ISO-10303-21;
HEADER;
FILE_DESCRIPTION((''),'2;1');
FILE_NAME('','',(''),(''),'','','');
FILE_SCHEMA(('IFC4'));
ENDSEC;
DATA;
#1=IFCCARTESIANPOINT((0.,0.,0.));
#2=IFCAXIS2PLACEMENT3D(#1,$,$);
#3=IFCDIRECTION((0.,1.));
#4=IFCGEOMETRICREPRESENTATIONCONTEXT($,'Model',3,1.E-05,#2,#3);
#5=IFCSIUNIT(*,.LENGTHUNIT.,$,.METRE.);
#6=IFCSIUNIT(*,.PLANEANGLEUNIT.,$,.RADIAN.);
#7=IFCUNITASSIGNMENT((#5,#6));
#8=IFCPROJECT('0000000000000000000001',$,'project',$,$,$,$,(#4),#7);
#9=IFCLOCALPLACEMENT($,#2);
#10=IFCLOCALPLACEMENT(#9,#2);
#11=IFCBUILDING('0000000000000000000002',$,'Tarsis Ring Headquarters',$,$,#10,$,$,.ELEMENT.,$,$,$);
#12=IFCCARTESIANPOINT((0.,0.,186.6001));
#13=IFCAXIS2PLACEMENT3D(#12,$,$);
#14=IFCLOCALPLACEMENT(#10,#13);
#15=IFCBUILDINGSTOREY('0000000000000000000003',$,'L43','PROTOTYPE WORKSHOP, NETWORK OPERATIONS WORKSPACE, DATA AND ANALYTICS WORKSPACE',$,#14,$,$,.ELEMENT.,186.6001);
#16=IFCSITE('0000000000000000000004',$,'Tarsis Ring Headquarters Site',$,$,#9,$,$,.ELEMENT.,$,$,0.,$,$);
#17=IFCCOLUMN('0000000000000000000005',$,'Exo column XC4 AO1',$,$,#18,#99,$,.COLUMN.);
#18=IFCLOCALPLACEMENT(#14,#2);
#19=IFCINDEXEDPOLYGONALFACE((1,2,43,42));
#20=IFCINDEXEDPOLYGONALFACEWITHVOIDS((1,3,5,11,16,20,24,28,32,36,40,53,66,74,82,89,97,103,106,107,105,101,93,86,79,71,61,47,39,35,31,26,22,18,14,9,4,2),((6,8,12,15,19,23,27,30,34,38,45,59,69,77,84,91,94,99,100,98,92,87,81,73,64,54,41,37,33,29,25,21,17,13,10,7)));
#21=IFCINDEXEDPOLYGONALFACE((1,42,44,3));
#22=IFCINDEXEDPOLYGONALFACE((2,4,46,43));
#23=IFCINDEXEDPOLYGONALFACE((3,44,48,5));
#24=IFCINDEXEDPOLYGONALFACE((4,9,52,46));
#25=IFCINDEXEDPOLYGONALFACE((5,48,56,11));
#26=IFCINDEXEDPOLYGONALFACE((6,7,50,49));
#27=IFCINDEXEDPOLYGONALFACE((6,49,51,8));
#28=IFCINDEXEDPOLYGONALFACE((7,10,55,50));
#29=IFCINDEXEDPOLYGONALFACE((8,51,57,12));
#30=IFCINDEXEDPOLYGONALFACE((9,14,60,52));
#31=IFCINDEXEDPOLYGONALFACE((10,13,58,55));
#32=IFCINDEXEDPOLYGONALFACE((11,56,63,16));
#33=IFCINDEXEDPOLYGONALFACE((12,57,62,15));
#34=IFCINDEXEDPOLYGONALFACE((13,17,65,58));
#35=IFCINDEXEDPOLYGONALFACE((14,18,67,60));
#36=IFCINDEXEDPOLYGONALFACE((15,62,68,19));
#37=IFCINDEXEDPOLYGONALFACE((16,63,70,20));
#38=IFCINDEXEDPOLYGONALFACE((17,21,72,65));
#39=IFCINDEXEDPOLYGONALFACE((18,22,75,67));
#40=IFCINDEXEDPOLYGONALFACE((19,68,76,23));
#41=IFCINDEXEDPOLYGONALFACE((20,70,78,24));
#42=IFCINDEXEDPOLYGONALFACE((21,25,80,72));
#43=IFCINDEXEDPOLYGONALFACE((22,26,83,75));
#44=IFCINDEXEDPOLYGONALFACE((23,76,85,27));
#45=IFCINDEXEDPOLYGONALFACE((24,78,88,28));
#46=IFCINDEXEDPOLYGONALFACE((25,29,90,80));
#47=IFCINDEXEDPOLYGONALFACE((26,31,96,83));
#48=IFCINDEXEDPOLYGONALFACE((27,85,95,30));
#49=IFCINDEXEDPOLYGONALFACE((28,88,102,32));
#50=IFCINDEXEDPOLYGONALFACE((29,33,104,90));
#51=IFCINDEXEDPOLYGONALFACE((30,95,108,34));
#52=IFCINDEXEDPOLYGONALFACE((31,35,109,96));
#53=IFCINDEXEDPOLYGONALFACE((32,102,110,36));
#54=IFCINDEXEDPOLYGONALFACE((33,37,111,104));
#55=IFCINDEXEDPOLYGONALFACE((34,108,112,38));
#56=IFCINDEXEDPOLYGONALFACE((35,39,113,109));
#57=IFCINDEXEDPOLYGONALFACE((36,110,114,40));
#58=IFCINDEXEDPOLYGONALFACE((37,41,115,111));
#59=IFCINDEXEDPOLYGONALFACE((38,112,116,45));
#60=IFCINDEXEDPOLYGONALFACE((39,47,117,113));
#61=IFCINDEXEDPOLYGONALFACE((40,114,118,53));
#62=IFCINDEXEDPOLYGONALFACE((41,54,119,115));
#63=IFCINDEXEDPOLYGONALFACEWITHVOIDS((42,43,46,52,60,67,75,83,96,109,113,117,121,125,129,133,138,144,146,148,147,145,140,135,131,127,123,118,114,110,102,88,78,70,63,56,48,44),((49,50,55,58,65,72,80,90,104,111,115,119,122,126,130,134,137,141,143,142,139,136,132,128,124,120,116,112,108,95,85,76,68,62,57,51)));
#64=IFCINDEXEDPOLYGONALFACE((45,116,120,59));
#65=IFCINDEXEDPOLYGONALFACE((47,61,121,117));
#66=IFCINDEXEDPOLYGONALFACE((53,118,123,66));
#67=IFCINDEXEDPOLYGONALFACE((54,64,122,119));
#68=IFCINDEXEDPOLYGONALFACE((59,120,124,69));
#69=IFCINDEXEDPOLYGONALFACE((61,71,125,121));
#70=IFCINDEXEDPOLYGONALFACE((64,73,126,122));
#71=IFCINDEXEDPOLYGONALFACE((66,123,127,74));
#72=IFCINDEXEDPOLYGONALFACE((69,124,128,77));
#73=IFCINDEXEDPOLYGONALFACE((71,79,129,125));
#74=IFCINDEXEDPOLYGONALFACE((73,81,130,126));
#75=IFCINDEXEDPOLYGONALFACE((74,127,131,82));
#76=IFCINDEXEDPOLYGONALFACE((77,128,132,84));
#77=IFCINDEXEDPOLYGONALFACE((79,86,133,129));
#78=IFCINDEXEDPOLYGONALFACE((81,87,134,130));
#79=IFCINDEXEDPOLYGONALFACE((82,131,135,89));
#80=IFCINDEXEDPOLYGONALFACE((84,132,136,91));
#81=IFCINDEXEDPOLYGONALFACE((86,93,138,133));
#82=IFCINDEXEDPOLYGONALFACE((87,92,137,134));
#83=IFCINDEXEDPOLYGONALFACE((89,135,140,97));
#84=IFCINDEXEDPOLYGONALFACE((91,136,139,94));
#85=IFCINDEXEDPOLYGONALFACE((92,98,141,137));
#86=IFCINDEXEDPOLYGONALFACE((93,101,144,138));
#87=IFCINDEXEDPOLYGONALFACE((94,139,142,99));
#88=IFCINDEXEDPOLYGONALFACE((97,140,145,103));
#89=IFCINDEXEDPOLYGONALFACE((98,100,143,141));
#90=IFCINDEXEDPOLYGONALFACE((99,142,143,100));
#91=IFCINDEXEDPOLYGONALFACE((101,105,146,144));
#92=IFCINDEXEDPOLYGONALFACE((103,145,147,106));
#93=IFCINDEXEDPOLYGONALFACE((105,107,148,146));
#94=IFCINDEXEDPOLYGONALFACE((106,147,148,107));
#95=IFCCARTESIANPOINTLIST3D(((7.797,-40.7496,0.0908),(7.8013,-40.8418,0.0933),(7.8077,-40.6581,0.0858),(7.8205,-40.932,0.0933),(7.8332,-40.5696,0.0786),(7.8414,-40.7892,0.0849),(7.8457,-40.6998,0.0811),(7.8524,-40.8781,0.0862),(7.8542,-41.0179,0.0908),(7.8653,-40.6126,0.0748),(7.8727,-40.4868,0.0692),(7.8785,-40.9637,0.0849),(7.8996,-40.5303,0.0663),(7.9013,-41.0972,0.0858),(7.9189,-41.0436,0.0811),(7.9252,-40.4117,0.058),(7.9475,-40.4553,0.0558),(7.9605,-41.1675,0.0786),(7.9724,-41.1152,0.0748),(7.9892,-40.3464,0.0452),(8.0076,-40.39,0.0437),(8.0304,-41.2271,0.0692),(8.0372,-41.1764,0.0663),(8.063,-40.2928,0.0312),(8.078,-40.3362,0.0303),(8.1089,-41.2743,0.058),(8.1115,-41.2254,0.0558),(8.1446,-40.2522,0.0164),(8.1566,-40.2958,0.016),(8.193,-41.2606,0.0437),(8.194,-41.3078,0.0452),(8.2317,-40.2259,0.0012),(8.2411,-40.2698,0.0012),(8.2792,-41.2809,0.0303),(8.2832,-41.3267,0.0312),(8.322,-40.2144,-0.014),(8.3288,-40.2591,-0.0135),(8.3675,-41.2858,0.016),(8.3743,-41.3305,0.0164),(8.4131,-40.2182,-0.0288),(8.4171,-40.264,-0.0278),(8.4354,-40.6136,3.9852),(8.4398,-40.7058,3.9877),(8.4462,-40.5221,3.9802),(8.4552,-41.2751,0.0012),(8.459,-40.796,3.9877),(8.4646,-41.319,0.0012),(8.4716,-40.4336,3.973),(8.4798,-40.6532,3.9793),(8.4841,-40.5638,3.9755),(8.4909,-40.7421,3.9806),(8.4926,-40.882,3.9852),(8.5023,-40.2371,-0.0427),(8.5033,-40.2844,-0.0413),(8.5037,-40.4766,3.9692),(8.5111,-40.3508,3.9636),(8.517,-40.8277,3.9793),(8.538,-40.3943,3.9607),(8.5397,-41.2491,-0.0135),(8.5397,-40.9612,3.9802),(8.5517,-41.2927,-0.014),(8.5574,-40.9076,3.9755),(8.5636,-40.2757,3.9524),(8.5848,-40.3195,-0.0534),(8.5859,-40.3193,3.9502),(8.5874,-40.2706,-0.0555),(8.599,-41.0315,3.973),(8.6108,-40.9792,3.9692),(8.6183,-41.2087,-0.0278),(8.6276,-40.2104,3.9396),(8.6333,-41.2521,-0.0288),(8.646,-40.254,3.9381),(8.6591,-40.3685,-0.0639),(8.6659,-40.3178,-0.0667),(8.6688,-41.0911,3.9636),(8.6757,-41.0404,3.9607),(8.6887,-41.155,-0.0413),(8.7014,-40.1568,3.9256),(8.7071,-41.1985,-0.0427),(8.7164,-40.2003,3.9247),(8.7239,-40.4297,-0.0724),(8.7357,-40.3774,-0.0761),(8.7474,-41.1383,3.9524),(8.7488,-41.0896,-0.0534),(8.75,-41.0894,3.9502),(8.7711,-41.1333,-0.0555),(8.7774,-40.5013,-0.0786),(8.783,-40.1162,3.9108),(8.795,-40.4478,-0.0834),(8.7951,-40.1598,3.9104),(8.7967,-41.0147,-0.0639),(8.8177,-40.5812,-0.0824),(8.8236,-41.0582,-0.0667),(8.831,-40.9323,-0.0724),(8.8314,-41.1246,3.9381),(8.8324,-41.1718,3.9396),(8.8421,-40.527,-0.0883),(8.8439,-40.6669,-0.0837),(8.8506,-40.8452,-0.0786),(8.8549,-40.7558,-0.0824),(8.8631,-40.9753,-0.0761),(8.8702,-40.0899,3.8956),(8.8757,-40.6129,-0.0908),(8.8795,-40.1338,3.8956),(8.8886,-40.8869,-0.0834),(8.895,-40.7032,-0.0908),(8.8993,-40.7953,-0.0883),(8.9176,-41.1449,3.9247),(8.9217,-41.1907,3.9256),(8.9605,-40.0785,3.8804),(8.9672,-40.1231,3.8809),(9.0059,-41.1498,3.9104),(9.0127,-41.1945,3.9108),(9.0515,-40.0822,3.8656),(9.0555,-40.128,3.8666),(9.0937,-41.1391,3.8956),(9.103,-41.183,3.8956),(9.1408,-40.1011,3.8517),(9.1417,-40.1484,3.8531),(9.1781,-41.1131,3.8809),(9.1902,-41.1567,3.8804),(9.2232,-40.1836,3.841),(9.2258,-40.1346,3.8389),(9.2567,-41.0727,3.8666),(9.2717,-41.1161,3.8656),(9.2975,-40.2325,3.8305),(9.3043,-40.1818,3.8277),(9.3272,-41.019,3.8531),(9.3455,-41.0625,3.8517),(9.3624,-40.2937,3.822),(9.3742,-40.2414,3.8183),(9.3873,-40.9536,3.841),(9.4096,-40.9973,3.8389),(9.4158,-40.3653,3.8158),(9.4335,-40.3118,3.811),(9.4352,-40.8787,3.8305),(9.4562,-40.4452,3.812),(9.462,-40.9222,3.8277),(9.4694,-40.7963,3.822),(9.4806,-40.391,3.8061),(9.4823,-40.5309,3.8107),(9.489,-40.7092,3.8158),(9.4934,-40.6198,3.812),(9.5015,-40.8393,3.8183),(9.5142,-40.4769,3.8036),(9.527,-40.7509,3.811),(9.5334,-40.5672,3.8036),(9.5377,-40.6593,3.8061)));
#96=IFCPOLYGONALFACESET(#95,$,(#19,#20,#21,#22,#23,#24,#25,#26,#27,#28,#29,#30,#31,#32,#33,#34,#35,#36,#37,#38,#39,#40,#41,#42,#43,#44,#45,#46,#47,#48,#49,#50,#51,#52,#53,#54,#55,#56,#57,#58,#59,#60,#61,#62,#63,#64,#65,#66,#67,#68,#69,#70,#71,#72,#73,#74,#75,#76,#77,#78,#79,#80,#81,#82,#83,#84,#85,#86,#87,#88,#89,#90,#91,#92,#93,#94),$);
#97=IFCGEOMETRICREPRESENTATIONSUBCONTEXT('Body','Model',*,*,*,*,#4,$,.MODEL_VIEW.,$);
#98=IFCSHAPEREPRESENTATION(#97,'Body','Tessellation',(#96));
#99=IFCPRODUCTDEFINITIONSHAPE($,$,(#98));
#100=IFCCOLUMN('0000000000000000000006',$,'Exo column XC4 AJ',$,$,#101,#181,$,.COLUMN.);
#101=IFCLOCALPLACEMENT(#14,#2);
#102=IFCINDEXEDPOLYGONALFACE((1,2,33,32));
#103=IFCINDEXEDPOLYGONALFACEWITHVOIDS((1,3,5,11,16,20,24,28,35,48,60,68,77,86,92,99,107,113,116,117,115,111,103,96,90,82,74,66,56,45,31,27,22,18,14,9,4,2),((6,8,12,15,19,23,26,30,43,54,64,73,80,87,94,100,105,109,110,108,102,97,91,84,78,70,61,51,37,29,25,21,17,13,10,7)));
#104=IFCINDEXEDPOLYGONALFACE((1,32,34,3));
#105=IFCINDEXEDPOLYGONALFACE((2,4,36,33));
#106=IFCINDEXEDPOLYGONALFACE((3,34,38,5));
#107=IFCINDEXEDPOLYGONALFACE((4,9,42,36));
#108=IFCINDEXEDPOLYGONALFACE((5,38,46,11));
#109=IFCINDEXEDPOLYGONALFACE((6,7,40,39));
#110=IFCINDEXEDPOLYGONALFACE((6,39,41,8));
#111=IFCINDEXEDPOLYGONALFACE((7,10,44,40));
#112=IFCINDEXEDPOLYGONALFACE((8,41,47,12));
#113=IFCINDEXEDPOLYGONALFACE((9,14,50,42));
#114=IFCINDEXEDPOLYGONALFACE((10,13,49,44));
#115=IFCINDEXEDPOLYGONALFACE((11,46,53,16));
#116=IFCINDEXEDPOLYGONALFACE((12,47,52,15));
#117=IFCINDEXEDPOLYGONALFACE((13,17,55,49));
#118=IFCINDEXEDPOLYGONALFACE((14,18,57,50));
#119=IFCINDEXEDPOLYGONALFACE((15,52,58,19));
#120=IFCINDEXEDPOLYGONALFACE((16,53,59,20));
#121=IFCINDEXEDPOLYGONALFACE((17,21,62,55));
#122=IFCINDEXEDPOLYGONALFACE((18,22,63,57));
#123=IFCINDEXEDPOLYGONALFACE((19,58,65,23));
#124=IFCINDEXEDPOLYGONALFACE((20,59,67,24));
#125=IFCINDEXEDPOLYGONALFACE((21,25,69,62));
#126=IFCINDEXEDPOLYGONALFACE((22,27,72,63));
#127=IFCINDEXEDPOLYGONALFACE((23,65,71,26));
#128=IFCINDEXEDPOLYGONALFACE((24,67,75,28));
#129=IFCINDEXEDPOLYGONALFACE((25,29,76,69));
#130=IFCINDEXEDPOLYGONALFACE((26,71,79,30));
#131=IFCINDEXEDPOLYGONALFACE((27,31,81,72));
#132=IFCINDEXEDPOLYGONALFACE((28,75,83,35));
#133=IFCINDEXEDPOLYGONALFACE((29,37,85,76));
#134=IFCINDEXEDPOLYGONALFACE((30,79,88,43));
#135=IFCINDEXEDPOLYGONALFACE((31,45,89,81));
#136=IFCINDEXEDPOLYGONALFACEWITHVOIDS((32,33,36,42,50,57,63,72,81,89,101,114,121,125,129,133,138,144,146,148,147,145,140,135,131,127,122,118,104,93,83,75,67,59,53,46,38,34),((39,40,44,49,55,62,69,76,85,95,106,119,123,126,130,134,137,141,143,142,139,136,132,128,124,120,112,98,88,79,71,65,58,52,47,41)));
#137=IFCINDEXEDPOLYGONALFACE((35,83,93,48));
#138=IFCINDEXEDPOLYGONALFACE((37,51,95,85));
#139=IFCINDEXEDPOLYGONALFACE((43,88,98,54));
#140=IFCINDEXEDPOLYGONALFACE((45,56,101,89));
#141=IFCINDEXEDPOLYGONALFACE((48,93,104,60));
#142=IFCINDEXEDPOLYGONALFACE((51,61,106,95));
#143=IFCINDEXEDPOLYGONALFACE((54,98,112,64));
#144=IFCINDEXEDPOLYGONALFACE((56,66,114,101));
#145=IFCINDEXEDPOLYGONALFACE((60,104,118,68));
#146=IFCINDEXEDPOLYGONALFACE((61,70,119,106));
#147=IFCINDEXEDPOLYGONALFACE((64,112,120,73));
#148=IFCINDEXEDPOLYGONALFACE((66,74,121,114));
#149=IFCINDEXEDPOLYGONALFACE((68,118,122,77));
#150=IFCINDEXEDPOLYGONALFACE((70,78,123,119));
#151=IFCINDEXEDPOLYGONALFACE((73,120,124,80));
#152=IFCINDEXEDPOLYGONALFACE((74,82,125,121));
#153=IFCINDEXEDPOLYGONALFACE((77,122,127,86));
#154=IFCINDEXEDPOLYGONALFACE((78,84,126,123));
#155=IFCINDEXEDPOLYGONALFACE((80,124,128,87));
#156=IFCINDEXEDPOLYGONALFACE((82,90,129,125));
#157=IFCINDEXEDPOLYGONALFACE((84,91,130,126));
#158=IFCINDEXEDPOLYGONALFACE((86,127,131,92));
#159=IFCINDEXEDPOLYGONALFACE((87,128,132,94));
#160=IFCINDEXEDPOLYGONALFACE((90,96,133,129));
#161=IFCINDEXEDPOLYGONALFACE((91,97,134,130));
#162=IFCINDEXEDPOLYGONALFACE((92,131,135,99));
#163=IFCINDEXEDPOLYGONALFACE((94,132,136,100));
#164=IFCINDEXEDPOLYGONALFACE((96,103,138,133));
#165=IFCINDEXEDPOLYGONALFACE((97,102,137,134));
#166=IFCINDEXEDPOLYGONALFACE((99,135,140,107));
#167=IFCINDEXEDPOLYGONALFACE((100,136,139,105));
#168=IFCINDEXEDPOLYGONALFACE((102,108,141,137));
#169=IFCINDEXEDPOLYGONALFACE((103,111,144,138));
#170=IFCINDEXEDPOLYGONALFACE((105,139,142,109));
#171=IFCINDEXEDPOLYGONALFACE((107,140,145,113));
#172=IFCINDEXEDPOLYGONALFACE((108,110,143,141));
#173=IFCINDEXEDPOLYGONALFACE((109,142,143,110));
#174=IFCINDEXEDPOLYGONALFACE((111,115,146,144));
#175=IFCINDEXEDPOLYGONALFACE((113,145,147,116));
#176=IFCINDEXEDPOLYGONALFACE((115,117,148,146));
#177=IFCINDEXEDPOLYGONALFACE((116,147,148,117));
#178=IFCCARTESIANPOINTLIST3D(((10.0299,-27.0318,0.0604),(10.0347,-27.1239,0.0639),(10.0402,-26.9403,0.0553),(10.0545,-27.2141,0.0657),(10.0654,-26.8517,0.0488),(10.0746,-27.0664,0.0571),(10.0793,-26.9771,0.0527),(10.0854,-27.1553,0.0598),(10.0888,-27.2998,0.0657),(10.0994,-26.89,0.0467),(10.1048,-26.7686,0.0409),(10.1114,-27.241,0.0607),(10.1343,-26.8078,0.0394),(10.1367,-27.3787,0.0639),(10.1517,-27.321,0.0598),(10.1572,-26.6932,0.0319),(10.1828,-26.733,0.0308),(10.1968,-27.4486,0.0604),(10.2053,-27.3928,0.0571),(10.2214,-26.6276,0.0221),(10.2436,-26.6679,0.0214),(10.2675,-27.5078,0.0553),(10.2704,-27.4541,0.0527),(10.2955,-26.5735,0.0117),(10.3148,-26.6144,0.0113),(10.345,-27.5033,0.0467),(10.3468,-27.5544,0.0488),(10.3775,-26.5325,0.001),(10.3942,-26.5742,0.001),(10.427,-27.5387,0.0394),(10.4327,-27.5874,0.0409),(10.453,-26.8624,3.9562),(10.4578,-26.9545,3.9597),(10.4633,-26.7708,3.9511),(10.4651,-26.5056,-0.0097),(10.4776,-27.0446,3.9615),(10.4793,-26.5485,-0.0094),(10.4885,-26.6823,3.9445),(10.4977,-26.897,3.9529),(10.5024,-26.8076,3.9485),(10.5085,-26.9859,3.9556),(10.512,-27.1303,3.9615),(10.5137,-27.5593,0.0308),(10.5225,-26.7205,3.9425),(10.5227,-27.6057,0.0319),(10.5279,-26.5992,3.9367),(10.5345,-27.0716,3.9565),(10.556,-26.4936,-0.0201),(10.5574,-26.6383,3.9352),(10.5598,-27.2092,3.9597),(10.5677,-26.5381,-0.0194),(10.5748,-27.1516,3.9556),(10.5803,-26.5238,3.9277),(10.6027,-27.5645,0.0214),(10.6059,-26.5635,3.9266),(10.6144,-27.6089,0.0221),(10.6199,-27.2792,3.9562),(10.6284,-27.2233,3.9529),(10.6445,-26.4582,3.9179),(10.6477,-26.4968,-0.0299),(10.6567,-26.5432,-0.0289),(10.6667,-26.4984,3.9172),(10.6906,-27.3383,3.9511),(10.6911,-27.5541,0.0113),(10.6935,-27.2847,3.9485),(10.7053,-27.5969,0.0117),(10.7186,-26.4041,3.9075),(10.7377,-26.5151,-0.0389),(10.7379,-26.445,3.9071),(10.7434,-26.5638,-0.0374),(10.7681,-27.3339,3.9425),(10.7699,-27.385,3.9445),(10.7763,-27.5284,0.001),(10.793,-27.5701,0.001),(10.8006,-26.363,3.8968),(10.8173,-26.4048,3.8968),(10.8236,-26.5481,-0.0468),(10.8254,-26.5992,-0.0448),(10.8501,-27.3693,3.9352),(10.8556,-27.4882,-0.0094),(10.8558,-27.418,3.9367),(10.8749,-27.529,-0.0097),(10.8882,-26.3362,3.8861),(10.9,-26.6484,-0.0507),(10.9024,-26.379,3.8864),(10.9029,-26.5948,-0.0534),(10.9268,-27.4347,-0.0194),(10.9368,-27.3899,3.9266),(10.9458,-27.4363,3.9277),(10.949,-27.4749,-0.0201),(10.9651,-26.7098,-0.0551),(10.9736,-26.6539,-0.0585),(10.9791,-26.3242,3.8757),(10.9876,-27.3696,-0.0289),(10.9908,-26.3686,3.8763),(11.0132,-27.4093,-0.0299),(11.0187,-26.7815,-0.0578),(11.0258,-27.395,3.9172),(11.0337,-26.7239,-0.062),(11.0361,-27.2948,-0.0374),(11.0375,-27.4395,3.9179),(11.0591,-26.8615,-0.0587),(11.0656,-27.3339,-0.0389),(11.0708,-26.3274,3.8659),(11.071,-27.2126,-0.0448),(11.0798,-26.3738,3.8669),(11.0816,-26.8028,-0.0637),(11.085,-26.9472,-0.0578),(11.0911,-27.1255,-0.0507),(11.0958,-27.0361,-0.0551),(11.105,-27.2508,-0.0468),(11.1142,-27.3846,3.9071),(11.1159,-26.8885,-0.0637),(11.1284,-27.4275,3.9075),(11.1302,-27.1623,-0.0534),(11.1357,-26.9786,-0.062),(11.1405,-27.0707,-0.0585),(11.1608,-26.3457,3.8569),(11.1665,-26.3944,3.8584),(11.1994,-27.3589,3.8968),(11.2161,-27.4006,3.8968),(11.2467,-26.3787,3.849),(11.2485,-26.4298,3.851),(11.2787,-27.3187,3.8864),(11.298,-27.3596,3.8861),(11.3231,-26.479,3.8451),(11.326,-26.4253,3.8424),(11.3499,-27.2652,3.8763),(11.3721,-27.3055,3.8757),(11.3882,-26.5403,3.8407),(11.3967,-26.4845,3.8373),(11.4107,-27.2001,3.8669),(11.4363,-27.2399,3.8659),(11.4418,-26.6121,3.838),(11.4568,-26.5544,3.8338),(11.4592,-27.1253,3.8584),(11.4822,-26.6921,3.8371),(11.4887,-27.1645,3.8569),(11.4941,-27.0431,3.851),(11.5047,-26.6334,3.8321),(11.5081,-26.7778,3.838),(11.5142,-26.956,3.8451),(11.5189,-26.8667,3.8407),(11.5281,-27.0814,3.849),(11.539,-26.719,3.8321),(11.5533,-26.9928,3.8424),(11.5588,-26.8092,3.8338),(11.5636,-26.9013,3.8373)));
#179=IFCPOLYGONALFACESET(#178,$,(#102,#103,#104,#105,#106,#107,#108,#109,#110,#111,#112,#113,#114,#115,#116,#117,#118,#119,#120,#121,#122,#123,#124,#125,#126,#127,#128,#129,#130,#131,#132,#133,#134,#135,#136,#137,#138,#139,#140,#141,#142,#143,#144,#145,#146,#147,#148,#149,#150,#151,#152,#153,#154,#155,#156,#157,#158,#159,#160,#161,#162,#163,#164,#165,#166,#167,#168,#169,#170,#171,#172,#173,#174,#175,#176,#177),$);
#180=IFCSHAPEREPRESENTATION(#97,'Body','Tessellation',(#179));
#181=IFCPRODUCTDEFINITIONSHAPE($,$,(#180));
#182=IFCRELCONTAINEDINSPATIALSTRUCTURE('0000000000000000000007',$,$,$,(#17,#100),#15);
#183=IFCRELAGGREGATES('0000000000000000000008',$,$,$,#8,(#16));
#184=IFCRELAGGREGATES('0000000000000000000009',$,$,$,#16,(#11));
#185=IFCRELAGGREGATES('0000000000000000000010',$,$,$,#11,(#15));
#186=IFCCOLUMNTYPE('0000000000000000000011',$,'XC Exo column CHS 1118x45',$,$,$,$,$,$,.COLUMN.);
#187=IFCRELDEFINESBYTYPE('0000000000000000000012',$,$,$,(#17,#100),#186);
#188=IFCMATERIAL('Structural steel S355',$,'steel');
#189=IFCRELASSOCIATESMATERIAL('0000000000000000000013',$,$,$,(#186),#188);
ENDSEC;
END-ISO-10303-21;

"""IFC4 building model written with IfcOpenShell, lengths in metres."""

from ifc_helpers import new_model, si_unit, direction, frame, origin, origin_2d, place, context, subcontext, project, spatial, hollow_circle, extrude, material, material_profile, profile_set, type_object, element, save


model = new_model("IFC4")

# Units and contexts
model_context = context("Model", 3, precision=1e-05, world=origin(), true_north=direction((0.0, 1.0)))
body_context = subcontext(model_context, "Body", "Model", "MODEL_VIEW")
ifc_project = project(units=[si_unit("LENGTHUNIT", "METRE"), si_unit("PLANEANGLEUNIT", "RADIAN")], contexts=[model_context])

# Site, building, storey
site_placement = place(None, origin())
site = spatial("IfcSite", under=ifc_project, at=site_placement, Name="Tarsis Ring Headquarters Site", CompositionType="ELEMENT", RefElevation=0.0)
building_placement = place(site_placement, origin())
building = spatial("IfcBuilding", under=site, at=building_placement, Name="Tarsis Ring Headquarters", CompositionType="ELEMENT")
storey_placement = place(building_placement, frame((0.0, 0.0, 186.6001)))
storey = spatial("IfcBuildingStorey", under=building, at=storey_placement, Name="L43", Description="PROTOTYPE WORKSHOP, NETWORK OPERATIONS WORKSPACE, DATA AND ANALYTICS WORKSPACE", CompositionType="ELEMENT", Elevation=186.6001)

# Columns
ifc_material_1 = material(Name="Structural steel S355", Category="steel")
ifc_material_profile_1 = material_profile(ifc_material_1, hollow_circle(Radius=0.5588, WallThickness=0.0449, at=origin_2d()), Name="CHS 1118x45")
ifc_profile_set_1 = profile_set([ifc_material_profile_1], Name="Structural steel S355")
column_type = type_object("IfcColumnType", Name="XC Exo column CHS 1118x45", PredefinedType="COLUMN", material=ifc_profile_set_1)
column_placement = place(storey_placement, frame((8.3481, -40.7725, 0.0012), z_axis=(0.161684, 0.034439, 0.986241), x_axis=(-0.208328, 0.978059, 0.0)))
element("IfcColumn", 1, at=column_placement, inside=storey, type_object=column_type, Name="Exo column XC4 AO1", PredefinedType="COLUMN", context=body_context, shape_type="SweptSolid", body=[
    extrude(hollow_circle(Radius=0.5588, WallThickness=0.0449, at=origin_2d()), origin(), (0.0, 0.0, 1.0), 3.9487),
])
for number, where, z_axis, x_axis, name in (
    (2, (10.5852, -27.0513, 0.001), (0.107869, 0.043197, 0.993226), (-0.37176, 0.928329, 0.0), "Exo column XC4 AJ"),
):
    element("IfcColumn", number, at=place(storey_placement, frame(where, z_axis=z_axis, x_axis=x_axis)), inside=storey, type_object=column_type, Name=name, PredefinedType="COLUMN", context=body_context, shape_type="SweptSolid", body=[
        extrude(hollow_circle(Radius=0.5588, WallThickness=0.0449, at=origin_2d()), origin(), (0.0, 0.0, 1.0), 3.9224),
    ])

save(model, "model.ifc")
